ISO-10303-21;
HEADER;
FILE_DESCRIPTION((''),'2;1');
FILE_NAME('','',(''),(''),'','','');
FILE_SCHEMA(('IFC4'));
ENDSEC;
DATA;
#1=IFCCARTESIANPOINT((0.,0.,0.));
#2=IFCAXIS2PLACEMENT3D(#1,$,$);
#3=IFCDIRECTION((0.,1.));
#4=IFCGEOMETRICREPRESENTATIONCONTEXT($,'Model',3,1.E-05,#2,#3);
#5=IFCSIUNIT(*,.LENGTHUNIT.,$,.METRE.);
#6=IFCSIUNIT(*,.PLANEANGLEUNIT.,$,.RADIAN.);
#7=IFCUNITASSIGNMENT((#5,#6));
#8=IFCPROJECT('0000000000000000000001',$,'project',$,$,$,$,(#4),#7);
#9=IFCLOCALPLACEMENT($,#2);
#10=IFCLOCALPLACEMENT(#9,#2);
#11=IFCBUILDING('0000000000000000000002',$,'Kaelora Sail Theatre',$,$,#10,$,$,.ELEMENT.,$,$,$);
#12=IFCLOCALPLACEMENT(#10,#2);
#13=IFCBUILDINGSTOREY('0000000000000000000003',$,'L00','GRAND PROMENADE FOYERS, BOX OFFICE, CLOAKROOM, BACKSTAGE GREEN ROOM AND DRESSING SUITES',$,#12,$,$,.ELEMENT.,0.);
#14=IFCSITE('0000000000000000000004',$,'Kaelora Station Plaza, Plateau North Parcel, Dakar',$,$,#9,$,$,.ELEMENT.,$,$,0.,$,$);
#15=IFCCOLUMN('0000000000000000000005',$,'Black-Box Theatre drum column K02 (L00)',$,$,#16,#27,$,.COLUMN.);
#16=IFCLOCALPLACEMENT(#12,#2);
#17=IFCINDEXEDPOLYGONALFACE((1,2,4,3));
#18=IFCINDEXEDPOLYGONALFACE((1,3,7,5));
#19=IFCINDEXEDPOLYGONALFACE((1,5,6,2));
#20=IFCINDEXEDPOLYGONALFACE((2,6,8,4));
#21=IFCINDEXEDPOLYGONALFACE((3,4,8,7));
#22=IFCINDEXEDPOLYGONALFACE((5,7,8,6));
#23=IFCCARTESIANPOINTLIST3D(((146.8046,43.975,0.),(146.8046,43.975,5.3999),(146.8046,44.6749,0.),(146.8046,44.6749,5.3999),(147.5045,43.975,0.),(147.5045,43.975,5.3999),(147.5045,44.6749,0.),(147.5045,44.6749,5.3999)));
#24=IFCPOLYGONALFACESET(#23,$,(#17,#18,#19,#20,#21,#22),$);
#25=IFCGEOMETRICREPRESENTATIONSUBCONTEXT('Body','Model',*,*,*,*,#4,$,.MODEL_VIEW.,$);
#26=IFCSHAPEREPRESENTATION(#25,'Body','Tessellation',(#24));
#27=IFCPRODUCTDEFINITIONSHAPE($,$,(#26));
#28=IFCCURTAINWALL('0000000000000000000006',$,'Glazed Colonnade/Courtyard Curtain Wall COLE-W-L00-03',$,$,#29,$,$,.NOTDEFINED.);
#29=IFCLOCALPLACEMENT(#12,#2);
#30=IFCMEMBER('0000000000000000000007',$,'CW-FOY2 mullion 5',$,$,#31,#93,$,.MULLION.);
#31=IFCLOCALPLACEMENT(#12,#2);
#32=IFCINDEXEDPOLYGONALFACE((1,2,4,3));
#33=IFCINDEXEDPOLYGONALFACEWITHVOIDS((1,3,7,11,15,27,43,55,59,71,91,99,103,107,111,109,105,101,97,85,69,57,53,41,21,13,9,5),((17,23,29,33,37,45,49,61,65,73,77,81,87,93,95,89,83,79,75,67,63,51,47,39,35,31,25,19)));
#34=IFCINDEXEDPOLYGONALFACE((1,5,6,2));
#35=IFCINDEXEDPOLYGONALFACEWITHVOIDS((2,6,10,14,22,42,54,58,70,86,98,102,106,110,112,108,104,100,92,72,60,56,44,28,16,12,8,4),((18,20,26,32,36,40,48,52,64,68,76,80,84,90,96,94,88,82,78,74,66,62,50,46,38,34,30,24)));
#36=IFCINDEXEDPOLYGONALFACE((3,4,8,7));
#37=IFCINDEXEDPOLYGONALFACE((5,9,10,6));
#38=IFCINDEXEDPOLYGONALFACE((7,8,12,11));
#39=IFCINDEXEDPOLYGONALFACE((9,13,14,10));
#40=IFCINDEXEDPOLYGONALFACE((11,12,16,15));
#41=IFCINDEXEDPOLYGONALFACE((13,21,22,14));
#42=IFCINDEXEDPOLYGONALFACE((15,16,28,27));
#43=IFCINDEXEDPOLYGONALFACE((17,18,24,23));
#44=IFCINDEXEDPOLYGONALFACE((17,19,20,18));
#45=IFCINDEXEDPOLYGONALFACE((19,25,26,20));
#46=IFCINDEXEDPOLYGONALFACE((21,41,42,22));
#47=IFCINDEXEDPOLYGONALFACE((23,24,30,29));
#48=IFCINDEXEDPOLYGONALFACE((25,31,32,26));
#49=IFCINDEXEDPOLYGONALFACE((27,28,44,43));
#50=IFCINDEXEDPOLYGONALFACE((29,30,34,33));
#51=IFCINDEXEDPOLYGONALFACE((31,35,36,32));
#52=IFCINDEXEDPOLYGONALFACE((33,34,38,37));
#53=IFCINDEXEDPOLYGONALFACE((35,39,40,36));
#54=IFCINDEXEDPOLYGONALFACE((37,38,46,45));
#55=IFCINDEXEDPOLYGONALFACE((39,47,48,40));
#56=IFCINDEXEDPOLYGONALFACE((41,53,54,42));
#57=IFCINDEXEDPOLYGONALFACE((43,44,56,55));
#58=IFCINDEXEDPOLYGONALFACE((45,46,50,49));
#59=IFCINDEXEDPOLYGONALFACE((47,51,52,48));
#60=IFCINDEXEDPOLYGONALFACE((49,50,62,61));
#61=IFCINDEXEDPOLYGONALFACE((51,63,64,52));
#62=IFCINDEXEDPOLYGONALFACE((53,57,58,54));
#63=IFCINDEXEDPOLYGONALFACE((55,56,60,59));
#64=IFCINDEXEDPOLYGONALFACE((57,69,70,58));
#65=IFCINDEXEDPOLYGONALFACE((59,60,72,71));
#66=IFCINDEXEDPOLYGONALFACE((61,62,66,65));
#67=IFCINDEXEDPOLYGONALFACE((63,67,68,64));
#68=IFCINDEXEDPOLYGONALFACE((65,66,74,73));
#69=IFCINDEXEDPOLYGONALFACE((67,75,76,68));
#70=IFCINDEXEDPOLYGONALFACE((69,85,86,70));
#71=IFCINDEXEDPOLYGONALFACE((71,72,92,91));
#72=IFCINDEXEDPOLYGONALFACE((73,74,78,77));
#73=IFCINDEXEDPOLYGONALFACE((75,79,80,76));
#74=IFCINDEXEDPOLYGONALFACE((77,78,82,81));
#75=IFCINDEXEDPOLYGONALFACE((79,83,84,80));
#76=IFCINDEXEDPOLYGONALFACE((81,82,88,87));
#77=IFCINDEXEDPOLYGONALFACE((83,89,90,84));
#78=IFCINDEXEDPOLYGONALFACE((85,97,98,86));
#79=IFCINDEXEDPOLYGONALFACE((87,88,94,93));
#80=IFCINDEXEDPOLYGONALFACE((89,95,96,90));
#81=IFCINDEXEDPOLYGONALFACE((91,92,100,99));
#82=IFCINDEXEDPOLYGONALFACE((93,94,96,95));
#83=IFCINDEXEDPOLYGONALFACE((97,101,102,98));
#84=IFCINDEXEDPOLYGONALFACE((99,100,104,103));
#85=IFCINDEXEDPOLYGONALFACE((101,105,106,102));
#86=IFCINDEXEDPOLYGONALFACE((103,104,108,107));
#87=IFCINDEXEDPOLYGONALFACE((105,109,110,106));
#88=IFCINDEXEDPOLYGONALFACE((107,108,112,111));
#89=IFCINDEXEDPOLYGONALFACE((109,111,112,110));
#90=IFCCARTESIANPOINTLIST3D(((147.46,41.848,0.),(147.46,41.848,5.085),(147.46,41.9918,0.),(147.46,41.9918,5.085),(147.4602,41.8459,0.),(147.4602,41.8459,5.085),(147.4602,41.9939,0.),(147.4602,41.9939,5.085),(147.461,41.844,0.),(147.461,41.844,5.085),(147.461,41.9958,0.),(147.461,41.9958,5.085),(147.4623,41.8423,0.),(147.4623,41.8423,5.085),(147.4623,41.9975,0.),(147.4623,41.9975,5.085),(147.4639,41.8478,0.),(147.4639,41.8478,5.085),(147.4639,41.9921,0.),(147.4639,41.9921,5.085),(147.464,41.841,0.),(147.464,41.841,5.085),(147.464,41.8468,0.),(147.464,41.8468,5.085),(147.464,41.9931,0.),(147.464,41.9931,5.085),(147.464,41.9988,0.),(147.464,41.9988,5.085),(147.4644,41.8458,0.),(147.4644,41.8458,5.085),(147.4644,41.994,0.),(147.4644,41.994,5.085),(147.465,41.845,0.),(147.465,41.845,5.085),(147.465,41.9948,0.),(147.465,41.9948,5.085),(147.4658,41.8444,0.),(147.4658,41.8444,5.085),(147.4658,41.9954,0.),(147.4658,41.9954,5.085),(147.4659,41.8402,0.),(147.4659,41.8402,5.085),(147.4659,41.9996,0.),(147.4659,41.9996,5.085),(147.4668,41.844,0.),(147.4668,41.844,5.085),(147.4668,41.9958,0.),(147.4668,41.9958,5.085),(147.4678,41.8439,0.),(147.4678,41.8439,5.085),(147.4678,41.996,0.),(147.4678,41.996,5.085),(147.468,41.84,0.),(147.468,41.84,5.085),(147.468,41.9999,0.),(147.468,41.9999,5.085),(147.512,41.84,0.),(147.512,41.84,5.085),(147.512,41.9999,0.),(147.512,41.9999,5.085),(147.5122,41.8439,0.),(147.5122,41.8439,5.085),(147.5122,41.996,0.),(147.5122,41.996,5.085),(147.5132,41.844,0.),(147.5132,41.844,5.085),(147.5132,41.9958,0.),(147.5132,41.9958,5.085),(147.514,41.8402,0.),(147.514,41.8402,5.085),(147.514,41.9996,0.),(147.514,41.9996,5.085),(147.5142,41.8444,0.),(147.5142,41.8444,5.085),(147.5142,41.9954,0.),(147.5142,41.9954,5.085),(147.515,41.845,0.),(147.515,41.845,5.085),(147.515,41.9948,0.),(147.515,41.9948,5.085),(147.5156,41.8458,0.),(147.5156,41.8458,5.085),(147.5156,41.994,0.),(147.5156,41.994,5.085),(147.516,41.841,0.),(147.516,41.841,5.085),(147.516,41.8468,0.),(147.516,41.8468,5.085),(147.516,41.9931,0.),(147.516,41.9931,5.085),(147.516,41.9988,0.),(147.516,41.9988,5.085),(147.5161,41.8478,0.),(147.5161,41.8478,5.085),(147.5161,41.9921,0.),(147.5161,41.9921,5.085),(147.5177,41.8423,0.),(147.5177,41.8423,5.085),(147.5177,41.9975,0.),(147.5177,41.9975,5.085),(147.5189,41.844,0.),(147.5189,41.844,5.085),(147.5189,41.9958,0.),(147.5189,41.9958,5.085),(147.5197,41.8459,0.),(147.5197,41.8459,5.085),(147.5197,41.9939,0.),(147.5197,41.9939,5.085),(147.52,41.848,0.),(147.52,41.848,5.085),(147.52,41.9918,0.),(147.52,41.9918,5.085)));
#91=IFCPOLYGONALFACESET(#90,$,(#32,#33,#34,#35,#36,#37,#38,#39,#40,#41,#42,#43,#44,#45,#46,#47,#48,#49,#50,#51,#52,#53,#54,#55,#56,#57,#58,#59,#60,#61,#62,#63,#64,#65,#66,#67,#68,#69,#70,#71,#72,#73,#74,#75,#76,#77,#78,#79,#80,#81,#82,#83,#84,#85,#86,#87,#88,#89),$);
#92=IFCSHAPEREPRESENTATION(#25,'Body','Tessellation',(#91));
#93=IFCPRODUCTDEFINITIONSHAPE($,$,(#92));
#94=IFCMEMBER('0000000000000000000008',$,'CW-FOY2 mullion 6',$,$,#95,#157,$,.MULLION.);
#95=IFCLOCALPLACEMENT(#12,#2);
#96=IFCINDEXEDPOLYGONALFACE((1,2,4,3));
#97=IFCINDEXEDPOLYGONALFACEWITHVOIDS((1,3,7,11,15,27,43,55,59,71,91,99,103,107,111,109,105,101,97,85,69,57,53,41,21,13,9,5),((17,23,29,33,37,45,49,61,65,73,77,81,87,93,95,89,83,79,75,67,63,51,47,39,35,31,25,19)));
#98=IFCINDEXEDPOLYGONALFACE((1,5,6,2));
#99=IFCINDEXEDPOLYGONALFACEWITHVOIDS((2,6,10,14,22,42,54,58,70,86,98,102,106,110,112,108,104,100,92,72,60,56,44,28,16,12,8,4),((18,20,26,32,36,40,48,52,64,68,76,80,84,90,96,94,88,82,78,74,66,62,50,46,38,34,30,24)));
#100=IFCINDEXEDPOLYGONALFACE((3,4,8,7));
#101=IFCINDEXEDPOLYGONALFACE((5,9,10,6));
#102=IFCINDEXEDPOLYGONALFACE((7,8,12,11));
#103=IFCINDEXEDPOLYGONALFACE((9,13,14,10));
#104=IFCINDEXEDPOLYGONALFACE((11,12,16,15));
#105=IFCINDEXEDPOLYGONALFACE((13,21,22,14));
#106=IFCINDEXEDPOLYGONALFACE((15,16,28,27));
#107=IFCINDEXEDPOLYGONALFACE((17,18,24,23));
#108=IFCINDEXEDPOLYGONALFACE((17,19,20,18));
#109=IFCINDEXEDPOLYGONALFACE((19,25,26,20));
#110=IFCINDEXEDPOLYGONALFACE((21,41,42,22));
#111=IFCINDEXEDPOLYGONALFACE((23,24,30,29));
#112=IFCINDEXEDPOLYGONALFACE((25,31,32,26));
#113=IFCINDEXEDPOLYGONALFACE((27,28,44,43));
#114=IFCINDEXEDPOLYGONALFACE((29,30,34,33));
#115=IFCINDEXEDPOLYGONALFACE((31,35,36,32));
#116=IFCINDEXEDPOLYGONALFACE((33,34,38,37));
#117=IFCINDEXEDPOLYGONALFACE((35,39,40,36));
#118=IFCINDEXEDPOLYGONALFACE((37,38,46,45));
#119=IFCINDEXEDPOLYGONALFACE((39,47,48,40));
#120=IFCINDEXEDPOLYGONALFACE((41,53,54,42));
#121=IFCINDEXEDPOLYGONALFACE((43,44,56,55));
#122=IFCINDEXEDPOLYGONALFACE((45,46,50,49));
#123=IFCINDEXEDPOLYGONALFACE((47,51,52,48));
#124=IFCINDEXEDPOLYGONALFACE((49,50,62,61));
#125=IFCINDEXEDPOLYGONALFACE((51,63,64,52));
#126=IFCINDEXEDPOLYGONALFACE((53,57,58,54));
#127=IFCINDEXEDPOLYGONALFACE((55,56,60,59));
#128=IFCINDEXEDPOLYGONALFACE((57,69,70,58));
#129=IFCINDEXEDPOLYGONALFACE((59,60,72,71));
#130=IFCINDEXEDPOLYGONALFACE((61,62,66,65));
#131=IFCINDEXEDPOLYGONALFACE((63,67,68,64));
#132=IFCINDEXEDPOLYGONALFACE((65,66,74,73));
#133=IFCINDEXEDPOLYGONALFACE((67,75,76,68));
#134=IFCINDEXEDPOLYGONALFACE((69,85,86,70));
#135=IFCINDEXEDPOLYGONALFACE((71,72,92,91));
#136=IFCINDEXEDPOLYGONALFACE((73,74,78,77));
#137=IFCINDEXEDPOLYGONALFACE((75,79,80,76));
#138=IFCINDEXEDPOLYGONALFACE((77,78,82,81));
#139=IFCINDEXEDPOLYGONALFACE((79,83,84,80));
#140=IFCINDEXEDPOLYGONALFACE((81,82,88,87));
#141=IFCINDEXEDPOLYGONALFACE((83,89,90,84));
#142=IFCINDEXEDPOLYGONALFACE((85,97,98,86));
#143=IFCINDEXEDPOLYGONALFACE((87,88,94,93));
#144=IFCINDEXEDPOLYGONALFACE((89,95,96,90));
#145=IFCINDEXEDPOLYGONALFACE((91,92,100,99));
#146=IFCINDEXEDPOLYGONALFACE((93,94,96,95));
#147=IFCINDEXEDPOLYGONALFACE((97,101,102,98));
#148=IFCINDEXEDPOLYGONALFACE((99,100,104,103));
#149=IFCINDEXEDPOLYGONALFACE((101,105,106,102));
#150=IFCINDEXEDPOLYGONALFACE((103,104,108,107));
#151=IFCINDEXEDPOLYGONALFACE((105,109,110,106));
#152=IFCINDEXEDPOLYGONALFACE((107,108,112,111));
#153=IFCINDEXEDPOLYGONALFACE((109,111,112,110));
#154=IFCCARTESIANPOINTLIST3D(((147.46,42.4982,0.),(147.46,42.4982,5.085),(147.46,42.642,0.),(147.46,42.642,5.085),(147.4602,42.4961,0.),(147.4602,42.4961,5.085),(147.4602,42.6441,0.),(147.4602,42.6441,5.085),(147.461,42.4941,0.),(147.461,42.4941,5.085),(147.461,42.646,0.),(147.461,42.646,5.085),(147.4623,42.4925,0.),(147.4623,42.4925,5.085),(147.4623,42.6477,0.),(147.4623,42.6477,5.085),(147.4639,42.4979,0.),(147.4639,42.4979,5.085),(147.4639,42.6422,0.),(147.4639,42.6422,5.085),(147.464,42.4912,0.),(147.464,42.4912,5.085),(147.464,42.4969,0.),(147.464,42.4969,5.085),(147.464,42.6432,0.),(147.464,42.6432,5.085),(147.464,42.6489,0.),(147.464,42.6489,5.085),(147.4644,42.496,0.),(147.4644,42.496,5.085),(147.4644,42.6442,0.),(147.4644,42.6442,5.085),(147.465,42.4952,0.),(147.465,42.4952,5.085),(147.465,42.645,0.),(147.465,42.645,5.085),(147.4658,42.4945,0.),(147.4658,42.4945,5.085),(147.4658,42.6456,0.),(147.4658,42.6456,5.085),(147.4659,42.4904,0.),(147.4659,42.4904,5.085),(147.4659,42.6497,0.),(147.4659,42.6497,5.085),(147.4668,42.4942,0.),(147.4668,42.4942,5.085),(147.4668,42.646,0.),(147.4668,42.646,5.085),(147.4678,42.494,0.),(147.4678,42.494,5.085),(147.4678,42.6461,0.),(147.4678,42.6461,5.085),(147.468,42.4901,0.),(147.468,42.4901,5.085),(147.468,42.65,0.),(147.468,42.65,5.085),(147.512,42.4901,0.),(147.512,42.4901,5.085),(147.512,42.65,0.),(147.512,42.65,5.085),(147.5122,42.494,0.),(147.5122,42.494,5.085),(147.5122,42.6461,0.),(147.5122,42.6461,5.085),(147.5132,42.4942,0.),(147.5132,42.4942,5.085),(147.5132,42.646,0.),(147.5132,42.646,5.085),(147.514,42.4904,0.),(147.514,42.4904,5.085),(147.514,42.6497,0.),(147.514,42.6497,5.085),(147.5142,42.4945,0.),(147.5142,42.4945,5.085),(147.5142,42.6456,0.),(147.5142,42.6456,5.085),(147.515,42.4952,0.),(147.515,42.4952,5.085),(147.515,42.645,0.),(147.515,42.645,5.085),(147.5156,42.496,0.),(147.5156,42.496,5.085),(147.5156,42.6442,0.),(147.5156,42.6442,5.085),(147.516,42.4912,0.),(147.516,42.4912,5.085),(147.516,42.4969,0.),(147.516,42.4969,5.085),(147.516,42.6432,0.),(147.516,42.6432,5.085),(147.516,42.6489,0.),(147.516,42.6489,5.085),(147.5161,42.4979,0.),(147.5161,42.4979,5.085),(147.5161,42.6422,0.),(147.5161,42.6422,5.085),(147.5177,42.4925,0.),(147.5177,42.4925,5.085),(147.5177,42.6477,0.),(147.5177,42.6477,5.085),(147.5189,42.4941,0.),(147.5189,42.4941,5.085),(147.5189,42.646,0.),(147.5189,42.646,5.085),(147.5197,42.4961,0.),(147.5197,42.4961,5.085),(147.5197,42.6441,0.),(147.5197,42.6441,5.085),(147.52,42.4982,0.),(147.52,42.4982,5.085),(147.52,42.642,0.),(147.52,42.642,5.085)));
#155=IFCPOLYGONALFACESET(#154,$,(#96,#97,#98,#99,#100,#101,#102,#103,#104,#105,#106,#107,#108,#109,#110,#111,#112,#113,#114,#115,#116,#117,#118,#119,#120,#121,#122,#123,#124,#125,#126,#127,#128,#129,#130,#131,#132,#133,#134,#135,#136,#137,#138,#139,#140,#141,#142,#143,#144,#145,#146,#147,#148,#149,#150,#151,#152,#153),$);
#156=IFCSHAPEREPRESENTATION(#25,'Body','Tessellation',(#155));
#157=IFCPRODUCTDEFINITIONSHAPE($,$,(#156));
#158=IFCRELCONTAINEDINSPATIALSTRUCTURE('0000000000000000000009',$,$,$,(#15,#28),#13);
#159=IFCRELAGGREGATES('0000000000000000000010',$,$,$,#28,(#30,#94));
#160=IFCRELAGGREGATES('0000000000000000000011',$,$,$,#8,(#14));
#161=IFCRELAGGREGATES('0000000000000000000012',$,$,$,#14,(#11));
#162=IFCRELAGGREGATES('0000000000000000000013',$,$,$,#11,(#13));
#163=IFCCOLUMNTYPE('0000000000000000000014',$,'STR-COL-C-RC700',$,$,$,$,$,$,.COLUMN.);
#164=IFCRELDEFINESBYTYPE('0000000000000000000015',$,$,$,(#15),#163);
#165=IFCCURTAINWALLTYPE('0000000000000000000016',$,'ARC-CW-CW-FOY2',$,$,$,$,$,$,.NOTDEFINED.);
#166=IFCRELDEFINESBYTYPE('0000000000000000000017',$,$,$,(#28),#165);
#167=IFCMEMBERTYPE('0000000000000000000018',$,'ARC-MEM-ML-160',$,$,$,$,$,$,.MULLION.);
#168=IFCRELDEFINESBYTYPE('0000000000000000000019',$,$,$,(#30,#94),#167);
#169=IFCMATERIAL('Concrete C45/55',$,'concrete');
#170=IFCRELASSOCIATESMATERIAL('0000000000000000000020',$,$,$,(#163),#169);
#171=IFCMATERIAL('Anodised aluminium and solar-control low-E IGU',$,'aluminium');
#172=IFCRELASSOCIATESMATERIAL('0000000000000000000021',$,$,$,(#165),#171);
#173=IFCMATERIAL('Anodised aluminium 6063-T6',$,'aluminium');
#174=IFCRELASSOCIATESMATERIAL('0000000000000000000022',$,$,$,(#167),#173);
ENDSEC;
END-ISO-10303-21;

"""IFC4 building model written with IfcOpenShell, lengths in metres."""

from ifc_helpers import new_model, si_unit, direction, frame, origin, origin_2d, place, context, subcontext, project, spatial, rectangle, hollow_rectangle, extrude, material, material_profile, profile_set, type_object, element, aggregate, save


model = new_model("IFC4")

# Units and contexts
model_context = context("Model", 3, precision=1e-05, world=origin(), true_north=direction((0.0, 1.0)))
body_context = subcontext(model_context, "Body", "Model", "MODEL_VIEW")
ifc_project = project(units=[si_unit("LENGTHUNIT", "METRE"), si_unit("PLANEANGLEUNIT", "RADIAN")], contexts=[model_context])

# Site, building, storey
site_placement = place(None, origin())
site = spatial("IfcSite", under=ifc_project, at=site_placement, Name="Kaelora Station Plaza, Plateau North Parcel, Dakar", CompositionType="ELEMENT", RefElevation=0.0)
building_placement = place(site_placement, origin())
building = spatial("IfcBuilding", under=site, at=building_placement, Name="Kaelora Sail Theatre", CompositionType="ELEMENT")
storey_placement = place(building_placement, origin())
storey = spatial("IfcBuildingStorey", under=building, at=storey_placement, Name="L00", Description="GRAND PROMENADE FOYERS, BOX OFFICE, CLOAKROOM, BACKSTAGE GREEN ROOM AND DRESSING SUITES", CompositionType="ELEMENT", Elevation=0.0)

# Column
ifc_material_1 = material(Name="Concrete C45/55", Category="concrete")
ifc_material_profile_1 = material_profile(ifc_material_1, rectangle(XDim=0.7, YDim=0.7, at=origin_2d()), Name="RC-COL 700x700")
ifc_profile_set_1 = profile_set([ifc_material_profile_1], Name="Concrete C45/55")
column_type = type_object("IfcColumnType", Name="STR-COL-C-RC700", PredefinedType="COLUMN", material=ifc_profile_set_1)
column_placement = place(storey_placement, frame((147.1545, 44.325, 0.0), z_axis=(0.0, 0.0, 1.0), x_axis=(1.0, 0.0, 0.0)))
element("IfcColumn", 1, at=column_placement, inside=storey, type_object=column_type, Name="Black-Box Theatre drum column K02 (L00)", PredefinedType="COLUMN", context=body_context, shape_type="SweptSolid", body=[
    extrude(rectangle(XDim=0.7, YDim=0.7, at=origin_2d()), origin(), (0.0, 0.0, 1.0), 5.3999),
])

# Curtain wall, members
ifc_material_2 = material(Name="Anodised aluminium and solar-control low-E IGU", Category="aluminium")
curtain_wall_type = type_object("IfcCurtainWallType", Name="ARC-CW-CW-FOY2", PredefinedType="NOTDEFINED", material=ifc_material_2)
curtain_wall_1_placement = place(storey_placement, origin())
curtain_wall_1 = element("IfcCurtainWall", 2, at=curtain_wall_1_placement, inside=storey, type_object=curtain_wall_type, Name="Glazed Colonnade/Courtyard Curtain Wall COLE-W-L00-03", PredefinedType="NOTDEFINED")
ifc_material_3 = material(Name="Anodised aluminium 6063-T6", Category="aluminium")
ifc_material_profile_2 = material_profile(ifc_material_3, hollow_rectangle(XDim=0.0601, YDim=0.1599, WallThickness=0.0039, InnerFilletRadius=0.0039, OuterFilletRadius=0.0081, at=origin_2d()), Name="ALU-MULL 60x160x4")
ifc_profile_set_2 = profile_set([ifc_material_profile_2], Name="Anodised aluminium 6063-T6")
member_type_1 = type_object("IfcMemberType", Name="ARC-MEM-ML-160", PredefinedType="MULLION", material=ifc_profile_set_2)
member_1_placement = place(storey_placement, frame((147.49, 41.9199, 0.0), z_axis=(0.0, 0.0, 1.0), x_axis=(-1.0, 0.0, 0.0)))
member_1 = element("IfcMember", 3, at=member_1_placement, type_object=member_type_1, Name="CW-FOY2 mullion 5", PredefinedType="MULLION", context=body_context, shape_type="SweptSolid", body=[
    extrude(hollow_rectangle(XDim=0.0601, YDim=0.1599, WallThickness=0.0039, InnerFilletRadius=0.0039, OuterFilletRadius=0.0081, at=origin_2d()), origin(), (0.0, 0.0, 1.0), 5.085),
])
member_2_placement = place(storey_placement, frame((147.49, 42.5701, 0.0), z_axis=(0.0, 0.0, 1.0), x_axis=(-1.0, 0.0, 0.0)))
member_2 = element("IfcMember", 4, at=member_2_placement, type_object=member_type_1, Name="CW-FOY2 mullion 6", PredefinedType="MULLION", context=body_context, shape_type="SweptSolid", body=[
    extrude(hollow_rectangle(XDim=0.0601, YDim=0.1599, WallThickness=0.0039, InnerFilletRadius=0.0039, OuterFilletRadius=0.0081, at=origin_2d()), origin(), (0.0, 0.0, 1.0), 5.085),
])

aggregate(curtain_wall_1, [member_1, member_2])

save(model, "model.ifc")
